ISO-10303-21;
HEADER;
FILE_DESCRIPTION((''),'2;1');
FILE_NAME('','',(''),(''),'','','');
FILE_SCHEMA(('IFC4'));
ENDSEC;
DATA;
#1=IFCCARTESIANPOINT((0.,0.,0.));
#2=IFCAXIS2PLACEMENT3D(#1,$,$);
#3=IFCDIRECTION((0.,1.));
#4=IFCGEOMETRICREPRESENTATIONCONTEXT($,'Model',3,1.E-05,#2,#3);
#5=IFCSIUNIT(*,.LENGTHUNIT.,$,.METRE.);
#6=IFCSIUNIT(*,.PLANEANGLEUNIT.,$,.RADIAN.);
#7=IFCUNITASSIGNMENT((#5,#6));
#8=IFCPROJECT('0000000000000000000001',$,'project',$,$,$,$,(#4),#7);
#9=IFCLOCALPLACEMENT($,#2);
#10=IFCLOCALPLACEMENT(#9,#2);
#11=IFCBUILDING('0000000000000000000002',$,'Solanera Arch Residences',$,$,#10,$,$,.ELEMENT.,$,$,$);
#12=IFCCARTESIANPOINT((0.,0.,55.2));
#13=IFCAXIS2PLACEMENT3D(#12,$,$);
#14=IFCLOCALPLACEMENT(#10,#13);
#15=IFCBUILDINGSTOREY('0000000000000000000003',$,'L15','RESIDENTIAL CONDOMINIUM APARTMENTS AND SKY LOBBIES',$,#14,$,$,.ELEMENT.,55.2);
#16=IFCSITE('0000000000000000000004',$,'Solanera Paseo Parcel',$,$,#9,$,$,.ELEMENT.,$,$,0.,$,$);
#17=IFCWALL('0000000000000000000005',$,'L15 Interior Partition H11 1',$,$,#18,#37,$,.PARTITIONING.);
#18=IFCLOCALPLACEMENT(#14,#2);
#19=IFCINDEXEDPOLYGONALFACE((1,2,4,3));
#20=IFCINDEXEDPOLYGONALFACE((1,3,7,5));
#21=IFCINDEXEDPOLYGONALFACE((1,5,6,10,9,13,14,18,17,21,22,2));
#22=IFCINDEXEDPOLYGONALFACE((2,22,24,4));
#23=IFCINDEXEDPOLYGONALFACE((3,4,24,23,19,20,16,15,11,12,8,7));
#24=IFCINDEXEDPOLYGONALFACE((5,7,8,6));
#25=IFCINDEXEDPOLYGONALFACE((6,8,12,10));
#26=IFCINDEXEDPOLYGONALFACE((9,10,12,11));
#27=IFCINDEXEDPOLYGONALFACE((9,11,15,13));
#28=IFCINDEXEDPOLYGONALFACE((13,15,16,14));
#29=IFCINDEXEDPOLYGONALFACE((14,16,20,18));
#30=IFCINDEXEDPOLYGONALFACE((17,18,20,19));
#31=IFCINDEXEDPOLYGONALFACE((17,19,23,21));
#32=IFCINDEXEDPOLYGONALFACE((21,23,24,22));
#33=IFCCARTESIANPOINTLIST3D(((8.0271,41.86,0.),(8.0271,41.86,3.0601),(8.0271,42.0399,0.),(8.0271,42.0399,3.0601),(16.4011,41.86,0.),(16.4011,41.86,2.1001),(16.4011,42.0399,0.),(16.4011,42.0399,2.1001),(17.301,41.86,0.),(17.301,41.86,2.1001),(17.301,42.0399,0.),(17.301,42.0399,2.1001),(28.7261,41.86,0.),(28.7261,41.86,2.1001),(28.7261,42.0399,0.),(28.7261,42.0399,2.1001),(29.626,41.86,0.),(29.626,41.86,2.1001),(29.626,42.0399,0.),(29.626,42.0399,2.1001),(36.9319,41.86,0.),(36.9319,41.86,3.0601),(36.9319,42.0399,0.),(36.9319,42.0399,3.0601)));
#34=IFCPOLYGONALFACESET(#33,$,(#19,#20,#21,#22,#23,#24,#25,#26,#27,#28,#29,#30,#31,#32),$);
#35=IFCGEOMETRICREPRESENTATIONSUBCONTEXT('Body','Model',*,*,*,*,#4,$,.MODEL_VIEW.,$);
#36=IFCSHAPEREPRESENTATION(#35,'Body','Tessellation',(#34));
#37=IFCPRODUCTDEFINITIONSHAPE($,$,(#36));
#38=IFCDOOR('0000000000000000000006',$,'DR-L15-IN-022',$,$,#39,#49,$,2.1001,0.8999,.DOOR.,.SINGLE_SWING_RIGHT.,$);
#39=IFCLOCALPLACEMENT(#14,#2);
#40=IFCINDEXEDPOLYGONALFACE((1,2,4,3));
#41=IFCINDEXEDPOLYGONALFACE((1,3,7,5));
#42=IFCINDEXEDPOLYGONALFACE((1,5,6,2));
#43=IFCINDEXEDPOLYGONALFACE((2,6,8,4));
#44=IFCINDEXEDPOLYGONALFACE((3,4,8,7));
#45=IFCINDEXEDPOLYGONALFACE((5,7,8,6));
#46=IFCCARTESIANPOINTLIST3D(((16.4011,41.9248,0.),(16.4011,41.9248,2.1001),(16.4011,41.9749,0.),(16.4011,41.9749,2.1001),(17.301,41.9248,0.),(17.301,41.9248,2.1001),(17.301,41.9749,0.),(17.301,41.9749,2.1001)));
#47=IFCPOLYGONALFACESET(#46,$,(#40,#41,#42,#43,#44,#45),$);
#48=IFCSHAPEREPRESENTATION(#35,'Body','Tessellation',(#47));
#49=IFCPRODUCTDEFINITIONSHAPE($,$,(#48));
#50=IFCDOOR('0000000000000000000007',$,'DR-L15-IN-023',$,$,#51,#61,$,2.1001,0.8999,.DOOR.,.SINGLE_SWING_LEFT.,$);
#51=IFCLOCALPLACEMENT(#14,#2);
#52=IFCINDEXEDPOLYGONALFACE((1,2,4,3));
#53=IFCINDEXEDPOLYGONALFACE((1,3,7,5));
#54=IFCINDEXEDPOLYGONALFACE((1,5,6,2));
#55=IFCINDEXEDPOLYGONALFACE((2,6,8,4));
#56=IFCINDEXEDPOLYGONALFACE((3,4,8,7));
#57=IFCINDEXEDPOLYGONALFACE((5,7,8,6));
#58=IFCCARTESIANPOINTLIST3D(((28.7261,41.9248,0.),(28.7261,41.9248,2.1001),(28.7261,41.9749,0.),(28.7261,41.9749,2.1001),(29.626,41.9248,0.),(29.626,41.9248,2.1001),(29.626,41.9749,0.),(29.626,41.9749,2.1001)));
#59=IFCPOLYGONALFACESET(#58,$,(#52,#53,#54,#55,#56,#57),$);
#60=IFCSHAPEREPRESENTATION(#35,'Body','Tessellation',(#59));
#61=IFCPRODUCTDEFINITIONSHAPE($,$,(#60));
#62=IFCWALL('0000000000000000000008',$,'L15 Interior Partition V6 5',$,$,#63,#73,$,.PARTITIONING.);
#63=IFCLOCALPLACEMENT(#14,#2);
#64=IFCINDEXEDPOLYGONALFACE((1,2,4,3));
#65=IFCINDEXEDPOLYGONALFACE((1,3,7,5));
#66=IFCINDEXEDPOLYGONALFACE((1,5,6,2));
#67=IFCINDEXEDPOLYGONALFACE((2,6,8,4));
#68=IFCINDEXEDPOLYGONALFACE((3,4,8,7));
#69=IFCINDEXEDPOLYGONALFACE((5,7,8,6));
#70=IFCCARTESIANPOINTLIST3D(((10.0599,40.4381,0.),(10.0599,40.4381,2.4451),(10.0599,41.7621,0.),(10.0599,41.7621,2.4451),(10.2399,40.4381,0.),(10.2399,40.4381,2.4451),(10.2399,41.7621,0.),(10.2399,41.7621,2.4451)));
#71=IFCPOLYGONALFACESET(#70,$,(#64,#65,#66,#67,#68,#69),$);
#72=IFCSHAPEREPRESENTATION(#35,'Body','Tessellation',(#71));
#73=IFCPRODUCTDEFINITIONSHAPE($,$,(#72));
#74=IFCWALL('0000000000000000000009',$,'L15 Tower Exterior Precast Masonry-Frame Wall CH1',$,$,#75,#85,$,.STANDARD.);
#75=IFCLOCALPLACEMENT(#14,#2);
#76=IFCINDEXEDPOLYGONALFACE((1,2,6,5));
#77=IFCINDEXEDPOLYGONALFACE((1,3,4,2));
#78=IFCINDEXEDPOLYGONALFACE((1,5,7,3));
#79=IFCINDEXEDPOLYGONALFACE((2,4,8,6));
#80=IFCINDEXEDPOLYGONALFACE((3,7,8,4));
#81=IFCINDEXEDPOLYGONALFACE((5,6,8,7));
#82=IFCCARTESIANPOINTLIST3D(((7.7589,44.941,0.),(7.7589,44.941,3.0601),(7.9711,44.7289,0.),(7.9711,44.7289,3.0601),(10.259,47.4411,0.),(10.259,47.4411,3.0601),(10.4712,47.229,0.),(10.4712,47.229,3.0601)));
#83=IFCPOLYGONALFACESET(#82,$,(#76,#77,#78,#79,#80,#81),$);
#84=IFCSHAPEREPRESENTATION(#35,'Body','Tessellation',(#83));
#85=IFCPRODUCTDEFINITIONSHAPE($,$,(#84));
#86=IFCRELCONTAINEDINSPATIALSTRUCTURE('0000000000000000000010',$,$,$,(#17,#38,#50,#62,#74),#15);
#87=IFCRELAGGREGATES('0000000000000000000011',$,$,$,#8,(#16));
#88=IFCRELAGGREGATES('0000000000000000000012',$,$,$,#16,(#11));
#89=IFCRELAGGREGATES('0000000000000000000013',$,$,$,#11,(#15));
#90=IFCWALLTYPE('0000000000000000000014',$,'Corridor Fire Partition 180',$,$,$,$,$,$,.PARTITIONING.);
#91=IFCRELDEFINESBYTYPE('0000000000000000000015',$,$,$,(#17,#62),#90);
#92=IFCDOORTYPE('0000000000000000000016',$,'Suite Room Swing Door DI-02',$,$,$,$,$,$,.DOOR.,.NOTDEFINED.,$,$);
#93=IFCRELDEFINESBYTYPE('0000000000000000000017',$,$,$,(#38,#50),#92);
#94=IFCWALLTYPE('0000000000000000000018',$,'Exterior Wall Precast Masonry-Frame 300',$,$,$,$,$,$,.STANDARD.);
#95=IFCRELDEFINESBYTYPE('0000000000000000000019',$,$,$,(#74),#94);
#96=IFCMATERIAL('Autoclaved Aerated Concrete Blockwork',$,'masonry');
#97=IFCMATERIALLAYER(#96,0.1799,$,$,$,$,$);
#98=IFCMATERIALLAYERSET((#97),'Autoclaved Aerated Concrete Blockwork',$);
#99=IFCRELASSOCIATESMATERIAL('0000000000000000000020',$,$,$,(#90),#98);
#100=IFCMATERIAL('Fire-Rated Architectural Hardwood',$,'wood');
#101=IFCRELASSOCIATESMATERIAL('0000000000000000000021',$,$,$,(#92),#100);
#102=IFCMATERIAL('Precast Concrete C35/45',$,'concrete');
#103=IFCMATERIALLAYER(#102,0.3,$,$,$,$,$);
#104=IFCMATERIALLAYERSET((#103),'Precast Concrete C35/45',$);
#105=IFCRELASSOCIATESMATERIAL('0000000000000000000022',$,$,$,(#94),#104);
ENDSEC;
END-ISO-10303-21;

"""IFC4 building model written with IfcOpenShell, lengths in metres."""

from ifc_helpers import new_model, si_unit, direction, frame, frame_2d, origin, place, context, subcontext, project, spatial, rectangle, extrude, material, layer, layer_set, type_object, element, fill, save


model = new_model("IFC4")

# Units and contexts
model_context = context("Model", 3, precision=1e-05, world=origin(), true_north=direction((0.0, 1.0)))
body_context = subcontext(model_context, "Body", "Model", "MODEL_VIEW")
ifc_project = project(units=[si_unit("LENGTHUNIT", "METRE"), si_unit("PLANEANGLEUNIT", "RADIAN")], contexts=[model_context])

# Site, building, storey
site_placement = place(None, origin())
site = spatial("IfcSite", under=ifc_project, at=site_placement, Name="Solanera Paseo Parcel", CompositionType="ELEMENT", RefElevation=0.0)
building_placement = place(site_placement, origin())
building = spatial("IfcBuilding", under=site, at=building_placement, Name="Solanera Arch Residences", CompositionType="ELEMENT")
storey_placement = place(building_placement, frame((0.0, 0.0, 55.2)))
storey = spatial("IfcBuildingStorey", under=building, at=storey_placement, Name="L15", Description="RESIDENTIAL CONDOMINIUM APARTMENTS AND SKY LOBBIES", CompositionType="ELEMENT", Elevation=55.2)

# Wall, openings, doors
ifc_material_1 = material(Name="Autoclaved Aerated Concrete Blockwork", Category="masonry")
ifc_layer_1 = layer(ifc_material_1, 0.1799)
ifc_layer_set_1 = layer_set([ifc_layer_1], Name="Autoclaved Aerated Concrete Blockwork")
wall_type_1 = type_object("IfcWallType", Name="Corridor Fire Partition 180", PredefinedType="PARTITIONING", material=ifc_layer_set_1)
wall_1_placement = place(storey_placement, frame((8.0271, 41.95, 0.0), z_axis=(0.0, 0.0, 1.0), x_axis=(1.0, 0.0, 0.0)))
wall_1 = element("IfcWall", 1, at=wall_1_placement, inside=storey, type_object=wall_type_1, Name="L15 Interior Partition H11 1", PredefinedType="PARTITIONING", context=body_context, shape_type="SweptSolid", body=[
    extrude(rectangle(XDim=28.9048, YDim=0.1799, at=frame_2d((14.4524, 0.0))), origin(), (0.0, 0.0, 1.0), 3.0601),
])
opening_1_placement = place(wall_1_placement, frame((8.374, 0.0, 0.0)))
opening_1 = element("IfcOpeningElement", 2, at=opening_1_placement, cuts=wall_1, PredefinedType="OPENING", context=body_context, shape_type="SweptSolid", body=[
    extrude(rectangle(XDim=0.8999, YDim=2.1001, at=frame_2d((0.45, 1.05))), frame((0.0, 0.1001, 0.0), z_axis=(0.0, -1.0, 0.0), x_axis=(1.0, 0.0, 0.0)), (0.0, 0.0, 1.0), 0.1999),
])
opening_2_placement = place(wall_1_placement, frame((20.699, 0.0, 0.0)))
opening_2 = element("IfcOpeningElement", 3, at=opening_2_placement, cuts=wall_1, PredefinedType="OPENING", context=body_context, shape_type="SweptSolid", body=[
    extrude(rectangle(XDim=0.8999, YDim=2.1001, at=frame_2d((0.45, 1.05))), frame((0.0, 0.1001, 0.0), z_axis=(0.0, -1.0, 0.0), x_axis=(1.0, 0.0, 0.0)), (0.0, 0.0, 1.0), 0.1999),
])
ifc_material_2 = material(Name="Fire-Rated Architectural Hardwood", Category="wood")
door_type_1 = type_object("IfcDoorType", Name="Suite Room Swing Door DI-02", OperationType="NOTDEFINED", PredefinedType="DOOR", material=ifc_material_2)
door_1_placement = place(opening_1_placement, origin())
door_1 = element("IfcDoor", 4, at=door_1_placement, inside=storey, type_object=door_type_1, Name="DR-L15-IN-022", OperationType="SINGLE_SWING_RIGHT", OverallHeight=2.1001, OverallWidth=0.8999, PredefinedType="DOOR", context=body_context, shape_type="SweptSolid", body=[
    extrude(rectangle(XDim=0.8999, YDim=2.1001, at=frame_2d((0.45, 1.05))), frame((0.0, 0.0249, 0.0), z_axis=(0.0, -1.0, 0.0), x_axis=(1.0, 0.0, 0.0)), (0.0, 0.0, 1.0), 0.05),
])
fill(opening_1, door_1)
door_2_placement = place(opening_2_placement, origin())
door_2 = element("IfcDoor", 5, at=door_2_placement, inside=storey, type_object=door_type_1, Name="DR-L15-IN-023", OperationType="SINGLE_SWING_LEFT", OverallHeight=2.1001, OverallWidth=0.8999, PredefinedType="DOOR", context=body_context, shape_type="SweptSolid", body=[
    extrude(rectangle(XDim=0.8999, YDim=2.1001, at=frame_2d((0.45, 1.05))), frame((0.0, 0.0249, 0.0), z_axis=(0.0, -1.0, 0.0), x_axis=(1.0, 0.0, 0.0)), (0.0, 0.0, 1.0), 0.05),
])
fill(opening_2, door_2)

# Walls
wall_2_placement = place(storey_placement, frame((10.1499, 40.438, 0.0), z_axis=(0.0, 0.0, 1.0), x_axis=(0.0, 1.0, 0.0)))
element("IfcWall", 6, at=wall_2_placement, inside=storey, type_object=wall_type_1, Name="L15 Interior Partition V6 5", PredefinedType="PARTITIONING", context=body_context, shape_type="SweptSolid", body=[
    extrude(rectangle(XDim=1.324, YDim=0.1799, at=frame_2d((0.6621, 0.0))), origin(), (0.0, 0.0, 1.0), 2.4451),
])
ifc_material_3 = material(Name="Precast Concrete C35/45", Category="concrete")
ifc_layer_2 = layer(ifc_material_3, 0.3)
ifc_layer_set_2 = layer_set([ifc_layer_2], Name="Precast Concrete C35/45")
wall_type_2 = type_object("IfcWallType", Name="Exterior Wall Precast Masonry-Frame 300", PredefinedType="STANDARD", material=ifc_layer_set_2)
wall_3_placement = place(storey_placement, frame((7.865, 44.835, 0.0), z_axis=(0.0, 0.0, 1.0), x_axis=(0.707107, 0.707107, 0.0)))
element("IfcWall", 7, at=wall_3_placement, inside=storey, type_object=wall_type_2, Name="L15 Tower Exterior Precast Masonry-Frame Wall CH1", PredefinedType="STANDARD", context=body_context, shape_type="SweptSolid", body=[
    extrude(rectangle(XDim=3.5356, YDim=0.3, at=frame_2d((1.7678, 0.0))), origin(), (0.0, 0.0, 1.0), 3.0601),
])

save(model, "model.ifc")
